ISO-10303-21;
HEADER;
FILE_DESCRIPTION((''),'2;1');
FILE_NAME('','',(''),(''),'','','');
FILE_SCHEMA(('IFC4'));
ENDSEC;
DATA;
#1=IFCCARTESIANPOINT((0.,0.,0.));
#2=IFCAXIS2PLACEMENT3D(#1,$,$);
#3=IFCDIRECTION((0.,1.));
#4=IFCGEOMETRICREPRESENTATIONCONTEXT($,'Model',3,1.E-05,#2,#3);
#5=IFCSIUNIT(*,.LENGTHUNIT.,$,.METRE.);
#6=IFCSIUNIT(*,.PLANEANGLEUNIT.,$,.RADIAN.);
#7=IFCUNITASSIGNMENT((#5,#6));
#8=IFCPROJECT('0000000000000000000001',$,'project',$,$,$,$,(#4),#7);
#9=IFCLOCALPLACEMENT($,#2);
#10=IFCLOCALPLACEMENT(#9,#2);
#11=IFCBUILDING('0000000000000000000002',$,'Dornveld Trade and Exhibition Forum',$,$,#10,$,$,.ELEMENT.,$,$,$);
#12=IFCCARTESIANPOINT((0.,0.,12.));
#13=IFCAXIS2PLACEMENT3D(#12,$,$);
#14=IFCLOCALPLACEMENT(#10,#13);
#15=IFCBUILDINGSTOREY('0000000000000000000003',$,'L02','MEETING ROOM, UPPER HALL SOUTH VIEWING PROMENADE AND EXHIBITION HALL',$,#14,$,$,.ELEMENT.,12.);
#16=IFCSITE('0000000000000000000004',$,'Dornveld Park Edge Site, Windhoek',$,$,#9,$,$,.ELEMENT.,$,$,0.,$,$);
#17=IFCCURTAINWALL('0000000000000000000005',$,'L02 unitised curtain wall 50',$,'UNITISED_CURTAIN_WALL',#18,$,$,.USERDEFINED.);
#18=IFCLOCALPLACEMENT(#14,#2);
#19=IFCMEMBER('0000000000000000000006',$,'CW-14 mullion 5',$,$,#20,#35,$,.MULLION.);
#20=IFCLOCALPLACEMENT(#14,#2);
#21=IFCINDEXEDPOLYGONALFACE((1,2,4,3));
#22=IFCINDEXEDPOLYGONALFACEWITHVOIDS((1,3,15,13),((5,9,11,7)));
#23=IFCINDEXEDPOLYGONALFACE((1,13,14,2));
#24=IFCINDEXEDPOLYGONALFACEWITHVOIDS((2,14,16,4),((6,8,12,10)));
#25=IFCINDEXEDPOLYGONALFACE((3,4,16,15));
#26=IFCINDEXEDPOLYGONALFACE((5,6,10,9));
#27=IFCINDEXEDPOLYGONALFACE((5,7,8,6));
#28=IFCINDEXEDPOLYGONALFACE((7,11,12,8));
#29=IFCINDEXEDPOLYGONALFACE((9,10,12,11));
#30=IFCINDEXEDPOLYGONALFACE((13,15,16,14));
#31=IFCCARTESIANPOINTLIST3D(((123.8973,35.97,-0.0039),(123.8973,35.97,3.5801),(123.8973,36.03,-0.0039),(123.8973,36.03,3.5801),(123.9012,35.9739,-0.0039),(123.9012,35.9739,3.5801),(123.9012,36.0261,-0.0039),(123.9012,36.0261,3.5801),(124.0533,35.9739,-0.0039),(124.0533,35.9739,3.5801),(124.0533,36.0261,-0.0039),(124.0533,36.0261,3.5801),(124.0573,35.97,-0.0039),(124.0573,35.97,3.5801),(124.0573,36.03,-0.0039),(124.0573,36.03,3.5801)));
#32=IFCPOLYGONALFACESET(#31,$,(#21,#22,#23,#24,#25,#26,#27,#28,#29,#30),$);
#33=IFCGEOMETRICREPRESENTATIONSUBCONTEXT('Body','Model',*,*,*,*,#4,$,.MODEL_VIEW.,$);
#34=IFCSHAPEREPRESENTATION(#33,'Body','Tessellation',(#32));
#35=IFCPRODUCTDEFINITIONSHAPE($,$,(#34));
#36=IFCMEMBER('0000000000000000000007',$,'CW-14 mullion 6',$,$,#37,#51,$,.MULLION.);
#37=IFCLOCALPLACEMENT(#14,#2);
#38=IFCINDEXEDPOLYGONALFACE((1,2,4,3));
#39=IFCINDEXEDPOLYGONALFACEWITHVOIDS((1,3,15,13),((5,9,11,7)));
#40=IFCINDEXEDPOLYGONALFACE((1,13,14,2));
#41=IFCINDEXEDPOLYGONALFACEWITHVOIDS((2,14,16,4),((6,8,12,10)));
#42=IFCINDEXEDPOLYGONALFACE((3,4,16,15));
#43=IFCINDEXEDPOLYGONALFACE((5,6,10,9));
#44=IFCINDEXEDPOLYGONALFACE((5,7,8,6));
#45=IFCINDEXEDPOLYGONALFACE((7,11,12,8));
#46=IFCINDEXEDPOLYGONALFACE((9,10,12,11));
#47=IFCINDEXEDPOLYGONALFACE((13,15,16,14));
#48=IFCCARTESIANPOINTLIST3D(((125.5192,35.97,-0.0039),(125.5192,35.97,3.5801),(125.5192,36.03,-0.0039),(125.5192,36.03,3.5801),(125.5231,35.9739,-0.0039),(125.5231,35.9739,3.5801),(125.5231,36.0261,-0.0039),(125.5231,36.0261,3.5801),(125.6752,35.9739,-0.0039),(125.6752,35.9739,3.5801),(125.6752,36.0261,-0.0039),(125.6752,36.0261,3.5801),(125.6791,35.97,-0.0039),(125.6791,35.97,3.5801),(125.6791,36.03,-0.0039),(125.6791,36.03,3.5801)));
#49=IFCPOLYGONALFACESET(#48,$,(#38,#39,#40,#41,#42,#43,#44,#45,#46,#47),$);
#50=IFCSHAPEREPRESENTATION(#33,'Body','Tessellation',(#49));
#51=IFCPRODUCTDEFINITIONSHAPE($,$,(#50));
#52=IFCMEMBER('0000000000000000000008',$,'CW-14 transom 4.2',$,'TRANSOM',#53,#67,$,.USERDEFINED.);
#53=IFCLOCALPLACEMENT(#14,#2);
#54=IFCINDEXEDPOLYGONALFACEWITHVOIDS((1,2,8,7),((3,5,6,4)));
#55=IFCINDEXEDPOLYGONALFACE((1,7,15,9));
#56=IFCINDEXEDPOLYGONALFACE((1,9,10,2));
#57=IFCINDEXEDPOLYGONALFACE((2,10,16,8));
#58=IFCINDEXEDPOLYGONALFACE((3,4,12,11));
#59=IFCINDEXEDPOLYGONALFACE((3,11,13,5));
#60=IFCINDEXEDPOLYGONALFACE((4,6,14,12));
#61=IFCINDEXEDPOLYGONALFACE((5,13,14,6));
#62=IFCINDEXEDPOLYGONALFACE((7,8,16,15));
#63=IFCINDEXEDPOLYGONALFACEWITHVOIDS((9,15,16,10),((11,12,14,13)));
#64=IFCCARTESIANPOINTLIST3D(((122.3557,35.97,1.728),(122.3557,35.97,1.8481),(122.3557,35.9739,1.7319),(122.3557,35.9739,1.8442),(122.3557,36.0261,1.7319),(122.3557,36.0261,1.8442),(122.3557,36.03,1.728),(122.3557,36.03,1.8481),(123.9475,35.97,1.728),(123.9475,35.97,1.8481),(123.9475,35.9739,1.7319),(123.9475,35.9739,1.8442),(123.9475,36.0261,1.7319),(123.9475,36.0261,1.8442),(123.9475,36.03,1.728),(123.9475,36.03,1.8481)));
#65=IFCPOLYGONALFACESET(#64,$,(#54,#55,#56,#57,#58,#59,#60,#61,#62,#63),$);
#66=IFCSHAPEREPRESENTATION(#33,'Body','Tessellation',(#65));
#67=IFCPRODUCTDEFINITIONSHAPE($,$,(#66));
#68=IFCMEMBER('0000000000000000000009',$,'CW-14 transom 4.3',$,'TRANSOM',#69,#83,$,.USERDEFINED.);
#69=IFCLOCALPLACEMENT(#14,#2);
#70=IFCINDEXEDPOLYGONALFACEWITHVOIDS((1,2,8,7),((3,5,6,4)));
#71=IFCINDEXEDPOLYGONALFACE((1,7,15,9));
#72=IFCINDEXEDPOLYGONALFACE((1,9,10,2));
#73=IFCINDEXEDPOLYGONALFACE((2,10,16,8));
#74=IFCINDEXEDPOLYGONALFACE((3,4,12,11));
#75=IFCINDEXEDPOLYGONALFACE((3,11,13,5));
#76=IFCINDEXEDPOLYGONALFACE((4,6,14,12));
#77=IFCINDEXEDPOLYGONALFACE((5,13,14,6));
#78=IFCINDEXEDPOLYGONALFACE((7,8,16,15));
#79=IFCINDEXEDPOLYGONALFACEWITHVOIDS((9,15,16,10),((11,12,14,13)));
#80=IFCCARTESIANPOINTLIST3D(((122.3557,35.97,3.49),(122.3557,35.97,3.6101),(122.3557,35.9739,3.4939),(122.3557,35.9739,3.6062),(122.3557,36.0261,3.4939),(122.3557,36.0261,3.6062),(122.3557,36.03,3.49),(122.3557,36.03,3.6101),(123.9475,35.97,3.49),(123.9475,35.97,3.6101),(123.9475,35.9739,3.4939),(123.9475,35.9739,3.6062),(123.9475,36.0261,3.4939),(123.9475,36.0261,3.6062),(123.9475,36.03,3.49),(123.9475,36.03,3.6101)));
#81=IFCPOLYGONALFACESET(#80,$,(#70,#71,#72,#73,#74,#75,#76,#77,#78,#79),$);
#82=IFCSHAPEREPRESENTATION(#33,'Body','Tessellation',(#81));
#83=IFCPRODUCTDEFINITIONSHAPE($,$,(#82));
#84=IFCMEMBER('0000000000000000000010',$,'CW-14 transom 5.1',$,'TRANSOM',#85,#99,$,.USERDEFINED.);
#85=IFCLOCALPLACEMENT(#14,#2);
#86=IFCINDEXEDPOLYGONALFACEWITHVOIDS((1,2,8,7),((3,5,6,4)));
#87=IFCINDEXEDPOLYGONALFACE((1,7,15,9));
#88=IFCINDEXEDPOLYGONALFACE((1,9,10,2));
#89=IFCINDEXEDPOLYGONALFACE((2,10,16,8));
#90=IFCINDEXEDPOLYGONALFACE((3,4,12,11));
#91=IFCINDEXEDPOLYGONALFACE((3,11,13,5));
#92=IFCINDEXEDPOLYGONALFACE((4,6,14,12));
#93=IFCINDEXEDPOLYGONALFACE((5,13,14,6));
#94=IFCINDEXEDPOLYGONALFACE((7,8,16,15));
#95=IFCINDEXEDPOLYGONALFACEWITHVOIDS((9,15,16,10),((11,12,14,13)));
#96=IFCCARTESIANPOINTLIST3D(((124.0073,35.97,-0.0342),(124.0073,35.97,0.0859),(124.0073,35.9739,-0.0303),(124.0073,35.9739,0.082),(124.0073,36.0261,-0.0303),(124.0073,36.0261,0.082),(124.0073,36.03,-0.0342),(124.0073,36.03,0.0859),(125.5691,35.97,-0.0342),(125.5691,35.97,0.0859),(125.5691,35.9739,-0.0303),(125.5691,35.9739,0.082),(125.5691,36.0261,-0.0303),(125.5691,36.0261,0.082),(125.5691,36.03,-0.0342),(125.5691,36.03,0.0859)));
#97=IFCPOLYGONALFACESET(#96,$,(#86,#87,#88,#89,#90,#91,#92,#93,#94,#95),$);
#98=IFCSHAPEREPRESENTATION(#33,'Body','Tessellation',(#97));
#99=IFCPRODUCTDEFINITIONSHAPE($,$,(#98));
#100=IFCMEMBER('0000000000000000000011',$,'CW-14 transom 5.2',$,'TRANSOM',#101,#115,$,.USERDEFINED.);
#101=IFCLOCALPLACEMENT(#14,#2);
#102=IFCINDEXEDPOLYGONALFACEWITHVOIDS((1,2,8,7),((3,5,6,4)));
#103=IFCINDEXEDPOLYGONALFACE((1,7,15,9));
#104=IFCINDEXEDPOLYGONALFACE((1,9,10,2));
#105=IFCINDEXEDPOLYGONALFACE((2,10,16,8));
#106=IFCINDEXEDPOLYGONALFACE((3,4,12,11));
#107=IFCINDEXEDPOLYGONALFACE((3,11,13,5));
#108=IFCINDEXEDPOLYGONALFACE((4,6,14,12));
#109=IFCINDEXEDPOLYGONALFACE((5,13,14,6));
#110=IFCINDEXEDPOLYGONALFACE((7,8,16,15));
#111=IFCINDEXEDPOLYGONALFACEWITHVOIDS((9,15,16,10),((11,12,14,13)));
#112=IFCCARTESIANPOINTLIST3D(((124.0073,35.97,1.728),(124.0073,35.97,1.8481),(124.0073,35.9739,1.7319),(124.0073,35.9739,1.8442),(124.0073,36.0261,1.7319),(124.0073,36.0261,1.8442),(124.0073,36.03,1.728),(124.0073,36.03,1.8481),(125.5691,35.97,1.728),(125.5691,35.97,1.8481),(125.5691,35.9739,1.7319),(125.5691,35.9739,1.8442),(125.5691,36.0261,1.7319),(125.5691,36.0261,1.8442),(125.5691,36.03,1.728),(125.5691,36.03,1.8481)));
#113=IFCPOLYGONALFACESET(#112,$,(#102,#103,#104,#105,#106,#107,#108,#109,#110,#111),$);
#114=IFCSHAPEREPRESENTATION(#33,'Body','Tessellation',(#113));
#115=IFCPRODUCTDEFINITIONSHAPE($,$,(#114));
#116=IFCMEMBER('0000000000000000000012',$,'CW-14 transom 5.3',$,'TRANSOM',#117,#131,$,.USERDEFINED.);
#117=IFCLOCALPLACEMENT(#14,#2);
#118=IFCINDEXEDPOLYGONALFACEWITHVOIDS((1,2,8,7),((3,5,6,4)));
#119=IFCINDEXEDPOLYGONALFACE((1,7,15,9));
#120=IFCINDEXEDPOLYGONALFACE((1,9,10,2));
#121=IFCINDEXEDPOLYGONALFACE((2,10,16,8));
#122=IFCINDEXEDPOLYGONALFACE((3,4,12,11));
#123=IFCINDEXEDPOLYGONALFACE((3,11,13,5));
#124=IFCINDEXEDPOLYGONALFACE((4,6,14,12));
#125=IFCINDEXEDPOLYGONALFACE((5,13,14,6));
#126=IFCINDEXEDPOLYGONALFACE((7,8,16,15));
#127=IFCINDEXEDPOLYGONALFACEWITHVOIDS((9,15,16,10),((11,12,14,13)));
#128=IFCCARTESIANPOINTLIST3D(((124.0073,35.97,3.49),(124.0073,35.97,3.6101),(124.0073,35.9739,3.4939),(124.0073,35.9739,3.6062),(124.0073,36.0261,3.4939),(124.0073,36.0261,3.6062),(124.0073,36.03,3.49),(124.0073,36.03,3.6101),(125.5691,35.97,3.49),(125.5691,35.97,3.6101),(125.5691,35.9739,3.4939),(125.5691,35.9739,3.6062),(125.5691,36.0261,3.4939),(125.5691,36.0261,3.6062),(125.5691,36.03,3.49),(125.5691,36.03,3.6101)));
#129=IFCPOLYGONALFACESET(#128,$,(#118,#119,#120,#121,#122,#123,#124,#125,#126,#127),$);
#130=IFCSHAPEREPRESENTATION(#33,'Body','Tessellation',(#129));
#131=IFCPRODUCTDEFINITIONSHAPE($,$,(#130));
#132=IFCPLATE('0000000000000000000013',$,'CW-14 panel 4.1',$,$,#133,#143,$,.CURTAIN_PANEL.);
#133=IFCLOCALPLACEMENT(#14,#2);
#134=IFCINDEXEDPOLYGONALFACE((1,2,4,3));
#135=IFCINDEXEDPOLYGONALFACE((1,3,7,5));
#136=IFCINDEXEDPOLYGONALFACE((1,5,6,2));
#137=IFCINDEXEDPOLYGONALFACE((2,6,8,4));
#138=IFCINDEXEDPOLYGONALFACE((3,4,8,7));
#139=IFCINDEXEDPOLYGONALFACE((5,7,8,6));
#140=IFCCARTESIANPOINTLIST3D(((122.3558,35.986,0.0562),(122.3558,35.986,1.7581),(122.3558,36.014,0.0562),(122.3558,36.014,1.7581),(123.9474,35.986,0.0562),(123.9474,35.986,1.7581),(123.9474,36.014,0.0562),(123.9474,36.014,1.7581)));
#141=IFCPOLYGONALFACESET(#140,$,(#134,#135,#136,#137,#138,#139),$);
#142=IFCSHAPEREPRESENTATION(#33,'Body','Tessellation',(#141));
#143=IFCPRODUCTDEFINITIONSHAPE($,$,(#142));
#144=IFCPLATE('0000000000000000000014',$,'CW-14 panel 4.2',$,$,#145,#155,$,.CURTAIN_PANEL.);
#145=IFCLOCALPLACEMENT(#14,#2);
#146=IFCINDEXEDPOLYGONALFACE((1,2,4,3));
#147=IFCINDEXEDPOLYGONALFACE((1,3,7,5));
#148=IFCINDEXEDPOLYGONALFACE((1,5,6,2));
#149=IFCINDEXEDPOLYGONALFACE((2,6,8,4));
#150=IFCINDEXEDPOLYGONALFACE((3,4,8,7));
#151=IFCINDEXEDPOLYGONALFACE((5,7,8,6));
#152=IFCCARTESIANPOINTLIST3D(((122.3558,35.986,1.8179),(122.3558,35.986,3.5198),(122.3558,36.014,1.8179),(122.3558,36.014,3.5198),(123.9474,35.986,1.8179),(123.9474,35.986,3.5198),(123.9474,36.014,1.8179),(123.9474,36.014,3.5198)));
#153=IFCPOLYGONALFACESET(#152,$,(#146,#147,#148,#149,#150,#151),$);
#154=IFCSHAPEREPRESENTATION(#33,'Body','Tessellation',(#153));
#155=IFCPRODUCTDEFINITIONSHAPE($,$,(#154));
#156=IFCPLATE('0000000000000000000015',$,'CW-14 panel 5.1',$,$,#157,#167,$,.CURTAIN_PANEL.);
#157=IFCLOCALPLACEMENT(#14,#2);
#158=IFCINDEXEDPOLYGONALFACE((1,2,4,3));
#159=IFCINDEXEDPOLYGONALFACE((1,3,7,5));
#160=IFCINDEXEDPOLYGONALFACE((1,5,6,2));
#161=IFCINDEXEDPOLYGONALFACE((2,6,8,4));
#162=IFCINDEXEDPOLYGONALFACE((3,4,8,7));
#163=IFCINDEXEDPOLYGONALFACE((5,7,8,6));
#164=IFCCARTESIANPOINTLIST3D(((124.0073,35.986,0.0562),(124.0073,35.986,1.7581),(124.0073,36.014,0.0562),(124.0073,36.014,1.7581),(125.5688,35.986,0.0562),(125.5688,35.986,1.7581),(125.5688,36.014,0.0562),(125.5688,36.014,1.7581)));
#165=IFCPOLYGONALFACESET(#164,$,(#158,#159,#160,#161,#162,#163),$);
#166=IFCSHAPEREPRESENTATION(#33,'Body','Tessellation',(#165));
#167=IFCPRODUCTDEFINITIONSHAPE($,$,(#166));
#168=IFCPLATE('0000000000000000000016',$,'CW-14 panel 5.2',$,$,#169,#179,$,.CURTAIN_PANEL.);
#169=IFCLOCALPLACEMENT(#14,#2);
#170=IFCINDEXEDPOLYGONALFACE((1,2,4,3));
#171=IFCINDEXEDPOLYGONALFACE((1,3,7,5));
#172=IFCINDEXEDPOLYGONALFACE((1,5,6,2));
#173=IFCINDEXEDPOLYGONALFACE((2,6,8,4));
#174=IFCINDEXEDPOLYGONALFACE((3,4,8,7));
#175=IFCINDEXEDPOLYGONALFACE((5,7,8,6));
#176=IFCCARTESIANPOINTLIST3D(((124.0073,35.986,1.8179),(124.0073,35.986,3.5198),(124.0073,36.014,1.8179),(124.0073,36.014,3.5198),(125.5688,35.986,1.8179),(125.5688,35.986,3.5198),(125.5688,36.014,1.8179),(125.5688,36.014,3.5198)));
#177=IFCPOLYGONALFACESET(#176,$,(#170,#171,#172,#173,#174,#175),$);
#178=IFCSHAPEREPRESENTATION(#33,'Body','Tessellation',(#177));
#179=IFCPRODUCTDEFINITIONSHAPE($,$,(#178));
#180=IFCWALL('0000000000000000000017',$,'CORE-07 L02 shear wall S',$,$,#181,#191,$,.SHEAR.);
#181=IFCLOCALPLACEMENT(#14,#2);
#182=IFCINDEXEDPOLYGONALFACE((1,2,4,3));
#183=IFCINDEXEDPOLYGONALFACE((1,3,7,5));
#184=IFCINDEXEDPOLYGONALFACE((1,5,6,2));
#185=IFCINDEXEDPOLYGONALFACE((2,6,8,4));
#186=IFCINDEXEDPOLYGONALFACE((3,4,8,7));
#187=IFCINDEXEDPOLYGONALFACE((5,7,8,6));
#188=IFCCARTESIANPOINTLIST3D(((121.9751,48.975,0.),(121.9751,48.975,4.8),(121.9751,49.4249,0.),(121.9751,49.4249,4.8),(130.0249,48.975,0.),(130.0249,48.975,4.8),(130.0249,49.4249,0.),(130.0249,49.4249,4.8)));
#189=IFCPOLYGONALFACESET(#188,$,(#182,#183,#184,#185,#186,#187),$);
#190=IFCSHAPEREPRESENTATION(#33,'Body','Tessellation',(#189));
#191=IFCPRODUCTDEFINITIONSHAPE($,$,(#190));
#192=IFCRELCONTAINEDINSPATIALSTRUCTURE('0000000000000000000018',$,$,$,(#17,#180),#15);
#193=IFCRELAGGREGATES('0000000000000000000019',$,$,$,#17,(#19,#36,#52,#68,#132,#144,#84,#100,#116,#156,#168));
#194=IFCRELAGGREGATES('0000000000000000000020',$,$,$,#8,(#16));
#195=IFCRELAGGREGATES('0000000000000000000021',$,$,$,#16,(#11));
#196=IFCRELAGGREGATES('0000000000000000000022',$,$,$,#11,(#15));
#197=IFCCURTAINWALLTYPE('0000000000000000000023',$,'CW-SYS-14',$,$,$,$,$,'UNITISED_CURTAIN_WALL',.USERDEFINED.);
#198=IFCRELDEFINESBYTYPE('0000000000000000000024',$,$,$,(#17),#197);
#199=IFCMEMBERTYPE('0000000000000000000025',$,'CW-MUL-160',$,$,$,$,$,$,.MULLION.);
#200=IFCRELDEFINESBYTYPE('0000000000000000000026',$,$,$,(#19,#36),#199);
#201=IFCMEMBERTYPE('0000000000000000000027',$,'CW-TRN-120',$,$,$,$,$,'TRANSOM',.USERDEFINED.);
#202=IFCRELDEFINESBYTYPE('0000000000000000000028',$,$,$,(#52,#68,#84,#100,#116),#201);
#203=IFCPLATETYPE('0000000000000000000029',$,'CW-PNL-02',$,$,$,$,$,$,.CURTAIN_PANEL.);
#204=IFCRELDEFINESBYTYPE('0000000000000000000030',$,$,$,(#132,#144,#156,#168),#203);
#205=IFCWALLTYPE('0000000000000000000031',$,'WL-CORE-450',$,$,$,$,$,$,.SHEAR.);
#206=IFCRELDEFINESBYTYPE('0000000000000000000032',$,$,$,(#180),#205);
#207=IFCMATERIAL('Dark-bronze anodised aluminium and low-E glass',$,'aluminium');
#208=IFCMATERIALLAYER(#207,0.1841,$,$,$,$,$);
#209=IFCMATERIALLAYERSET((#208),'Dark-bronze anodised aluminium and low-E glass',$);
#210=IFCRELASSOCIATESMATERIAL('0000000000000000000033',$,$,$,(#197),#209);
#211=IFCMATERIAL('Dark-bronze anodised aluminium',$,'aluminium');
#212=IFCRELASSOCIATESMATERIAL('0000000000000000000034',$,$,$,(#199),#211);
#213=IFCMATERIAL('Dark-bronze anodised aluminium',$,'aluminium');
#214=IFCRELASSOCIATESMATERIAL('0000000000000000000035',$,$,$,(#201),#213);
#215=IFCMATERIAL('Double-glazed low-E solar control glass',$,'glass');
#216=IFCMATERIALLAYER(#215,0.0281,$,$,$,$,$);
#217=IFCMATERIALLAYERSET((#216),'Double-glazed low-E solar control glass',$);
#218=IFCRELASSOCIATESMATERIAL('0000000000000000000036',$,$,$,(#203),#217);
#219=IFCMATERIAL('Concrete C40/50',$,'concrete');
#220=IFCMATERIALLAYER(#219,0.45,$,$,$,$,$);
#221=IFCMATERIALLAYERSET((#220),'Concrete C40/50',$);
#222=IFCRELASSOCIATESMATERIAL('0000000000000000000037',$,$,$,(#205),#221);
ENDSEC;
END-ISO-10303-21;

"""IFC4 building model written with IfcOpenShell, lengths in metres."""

from ifc_helpers import new_model, si_unit, direction, frame, frame_2d, origin, origin_2d, place, context, subcontext, project, spatial, rectangle, hollow_rectangle, extrude, material, layer, layer_set, material_profile, profile_set, type_object, element, aggregate, save


model = new_model("IFC4")

# Units and contexts
model_context = context("Model", 3, precision=1e-05, world=origin(), true_north=direction((0.0, 1.0)))
body_context = subcontext(model_context, "Body", "Model", "MODEL_VIEW")
ifc_project = project(units=[si_unit("LENGTHUNIT", "METRE"), si_unit("PLANEANGLEUNIT", "RADIAN")], contexts=[model_context])

# Site, building, storey
site_placement = place(None, origin())
site = spatial("IfcSite", under=ifc_project, at=site_placement, Name="Dornveld Park Edge Site, Windhoek", CompositionType="ELEMENT", RefElevation=0.0)
building_placement = place(site_placement, origin())
building = spatial("IfcBuilding", under=site, at=building_placement, Name="Dornveld Trade and Exhibition Forum", CompositionType="ELEMENT")
storey_placement = place(building_placement, frame((0.0, 0.0, 12.0)))
storey = spatial("IfcBuildingStorey", under=building, at=storey_placement, Name="L02", Description="MEETING ROOM, UPPER HALL SOUTH VIEWING PROMENADE AND EXHIBITION HALL", CompositionType="ELEMENT", Elevation=12.0)

# Curtain wall, members, plates
ifc_material_1 = material(Name="Dark-bronze anodised aluminium and low-E glass", Category="aluminium")
ifc_layer_1 = layer(ifc_material_1, 0.1841)
ifc_layer_set_1 = layer_set([ifc_layer_1], Name="Dark-bronze anodised aluminium and low-E glass")
curtain_wall_type = type_object("IfcCurtainWallType", Name="CW-SYS-14", ElementType="UNITISED_CURTAIN_WALL", PredefinedType="USERDEFINED", material=ifc_layer_set_1)
curtain_wall_placement = place(storey_placement, origin())
curtain_wall = element("IfcCurtainWall", 1, at=curtain_wall_placement, inside=storey, type_object=curtain_wall_type, Name="L02 unitised curtain wall 50", ObjectType="UNITISED_CURTAIN_WALL", PredefinedType="USERDEFINED")
ifc_material_2 = material(Name="Dark-bronze anodised aluminium", Category="aluminium")
ifc_material_profile_1 = material_profile(ifc_material_2, hollow_rectangle(XDim=0.0601, YDim=0.1599, WallThickness=0.0039, at=origin_2d()), Name="RHS 160x60x4")
ifc_profile_set_1 = profile_set([ifc_material_profile_1], Name="Dark-bronze anodised aluminium")
member_type_1 = type_object("IfcMemberType", Name="CW-MUL-160", PredefinedType="MULLION", material=ifc_profile_set_1)
member_1_placement = place(storey_placement, frame((123.9773, 36.0, -0.0039), z_axis=(0.0, 0.0, 1.0), x_axis=(0.0, 1.0, 0.0)))
member_1 = element("IfcMember", 2, at=member_1_placement, type_object=member_type_1, Name="CW-14 mullion 5", PredefinedType="MULLION", context=body_context, shape_type="SweptSolid", body=[
    extrude(hollow_rectangle(XDim=0.0601, YDim=0.1599, WallThickness=0.0039, at=origin_2d()), origin(), (0.0, 0.0, 1.0), 3.584),
])
member_2_placement = place(storey_placement, frame((125.5991, 36.0, -0.0039), z_axis=(0.0, 0.0, 1.0), x_axis=(0.0, 1.0, 0.0)))
member_2 = element("IfcMember", 3, at=member_2_placement, type_object=member_type_1, Name="CW-14 mullion 6", PredefinedType="MULLION", context=body_context, shape_type="SweptSolid", body=[
    extrude(hollow_rectangle(XDim=0.0601, YDim=0.1599, WallThickness=0.0039, at=origin_2d()), origin(), (0.0, 0.0, 1.0), 3.584),
])
ifc_material_3 = material(Name="Dark-bronze anodised aluminium", Category="aluminium")
ifc_material_profile_2 = material_profile(ifc_material_3, hollow_rectangle(XDim=0.0601, YDim=0.1201, WallThickness=0.0039, at=origin_2d()), Name="RHS 120x60x4")
ifc_profile_set_2 = profile_set([ifc_material_profile_2], Name="Dark-bronze anodised aluminium")
member_type_2 = type_object("IfcMemberType", Name="CW-TRN-120", ElementType="TRANSOM", PredefinedType="USERDEFINED", material=ifc_profile_set_2)
member_3_placement = place(storey_placement, frame((122.3557, 36.0, 1.7881), z_axis=(1.0, 0.0, 0.0), x_axis=(0.0, 1.0, 0.0)))
member_3 = element("IfcMember", 4, at=member_3_placement, type_object=member_type_2, Name="CW-14 transom 4.2", ObjectType="TRANSOM", PredefinedType="USERDEFINED", context=body_context, shape_type="SweptSolid", body=[
    extrude(hollow_rectangle(XDim=0.0601, YDim=0.1201, WallThickness=0.0039, at=origin_2d()), origin(), (0.0, 0.0, 1.0), 1.5918),
])
member_4_placement = place(storey_placement, frame((122.3557, 36.0, 3.55), z_axis=(1.0, 0.0, 0.0), x_axis=(0.0, 1.0, 0.0)))
member_4 = element("IfcMember", 5, at=member_4_placement, type_object=member_type_2, Name="CW-14 transom 4.3", ObjectType="TRANSOM", PredefinedType="USERDEFINED", context=body_context, shape_type="SweptSolid", body=[
    extrude(hollow_rectangle(XDim=0.0601, YDim=0.1201, WallThickness=0.0039, at=origin_2d()), origin(), (0.0, 0.0, 1.0), 1.5918),
])
member_5_placement = place(storey_placement, frame((124.0073, 36.0, 0.0259), z_axis=(1.0, 0.0, 0.0), x_axis=(0.0, 1.0, 0.0)))
member_5 = element("IfcMember", 6, at=member_5_placement, type_object=member_type_2, Name="CW-14 transom 5.1", ObjectType="TRANSOM", PredefinedType="USERDEFINED", context=body_context, shape_type="SweptSolid", body=[
    extrude(hollow_rectangle(XDim=0.0601, YDim=0.1201, WallThickness=0.0039, at=origin_2d()), origin(), (0.0, 0.0, 1.0), 1.5618),
])
member_6_placement = place(storey_placement, frame((124.0073, 36.0, 1.7881), z_axis=(1.0, 0.0, 0.0), x_axis=(0.0, 1.0, 0.0)))
member_6 = element("IfcMember", 7, at=member_6_placement, type_object=member_type_2, Name="CW-14 transom 5.2", ObjectType="TRANSOM", PredefinedType="USERDEFINED", context=body_context, shape_type="SweptSolid", body=[
    extrude(hollow_rectangle(XDim=0.0601, YDim=0.1201, WallThickness=0.0039, at=origin_2d()), origin(), (0.0, 0.0, 1.0), 1.5618),
])
member_7_placement = place(storey_placement, frame((124.0073, 36.0, 3.55), z_axis=(1.0, 0.0, 0.0), x_axis=(0.0, 1.0, 0.0)))
member_7 = element("IfcMember", 8, at=member_7_placement, type_object=member_type_2, Name="CW-14 transom 5.3", ObjectType="TRANSOM", PredefinedType="USERDEFINED", context=body_context, shape_type="SweptSolid", body=[
    extrude(hollow_rectangle(XDim=0.0601, YDim=0.1201, WallThickness=0.0039, at=origin_2d()), origin(), (0.0, 0.0, 1.0), 1.5618),
])
ifc_material_4 = material(Name="Double-glazed low-E solar control glass", Category="glass")
ifc_layer_2 = layer(ifc_material_4, 0.0281)
ifc_layer_set_2 = layer_set([ifc_layer_2], Name="Double-glazed low-E solar control glass")
plate_type = type_object("IfcPlateType", Name="CW-PNL-02", PredefinedType="CURTAIN_PANEL", material=ifc_layer_set_2)
plate_1_placement = place(storey_placement, frame((123.1516, 36.0, 0.0562), z_axis=(0.0, 0.0, 1.0), x_axis=(1.0, 0.0, 0.0)))
plate_1 = element("IfcPlate", 9, at=plate_1_placement, type_object=plate_type, Name="CW-14 panel 4.1", PredefinedType="CURTAIN_PANEL", context=body_context, shape_type="SweptSolid", body=[
    extrude(rectangle(XDim=1.5916, YDim=0.0281, at=origin_2d()), origin(), (0.0, 0.0, 1.0), 1.7019),
])
plate_2_placement = place(storey_placement, frame((123.1516, 36.0, 1.8179), z_axis=(0.0, 0.0, 1.0), x_axis=(1.0, 0.0, 0.0)))
plate_2 = element("IfcPlate", 10, at=plate_2_placement, type_object=plate_type, Name="CW-14 panel 4.2", PredefinedType="CURTAIN_PANEL", context=body_context, shape_type="SweptSolid", body=[
    extrude(rectangle(XDim=1.5916, YDim=0.0281, at=origin_2d()), origin(), (0.0, 0.0, 1.0), 1.7019),
])
plate_3_placement = place(storey_placement, frame((124.7881, 36.0, 0.0562), z_axis=(0.0, 0.0, 1.0), x_axis=(1.0, 0.0, 0.0)))
plate_3 = element("IfcPlate", 11, at=plate_3_placement, type_object=plate_type, Name="CW-14 panel 5.1", PredefinedType="CURTAIN_PANEL", context=body_context, shape_type="SweptSolid", body=[
    extrude(rectangle(XDim=1.5615, YDim=0.0281, at=origin_2d()), origin(), (0.0, 0.0, 1.0), 1.7019),
])
plate_4_placement = place(storey_placement, frame((124.7881, 36.0, 1.8179), z_axis=(0.0, 0.0, 1.0), x_axis=(1.0, 0.0, 0.0)))
plate_4 = element("IfcPlate", 12, at=plate_4_placement, type_object=plate_type, Name="CW-14 panel 5.2", PredefinedType="CURTAIN_PANEL", context=body_context, shape_type="SweptSolid", body=[
    extrude(rectangle(XDim=1.5615, YDim=0.0281, at=origin_2d()), origin(), (0.0, 0.0, 1.0), 1.7019),
])
aggregate(curtain_wall, [member_1, member_2, member_3, member_4, plate_1, plate_2, member_5, member_6, member_7, plate_3, plate_4])

# Wall
ifc_material_5 = material(Name="Concrete C40/50", Category="concrete")
ifc_layer_3 = layer(ifc_material_5, 0.45)
ifc_layer_set_3 = layer_set([ifc_layer_3], Name="Concrete C40/50")
wall_type = type_object("IfcWallType", Name="WL-CORE-450", PredefinedType="SHEAR", material=ifc_layer_set_3)
wall_1_placement = place(storey_placement, frame((121.9751, 49.2, 0.0), z_axis=(0.0, 0.0, 1.0), x_axis=(1.0, 0.0, 0.0)))
element("IfcWall", 13, at=wall_1_placement, inside=storey, type_object=wall_type, Name="CORE-07 L02 shear wall S", PredefinedType="SHEAR", context=body_context, shape_type="SweptSolid", body=[
    extrude(rectangle(XDim=8.0498, YDim=0.45, at=frame_2d((4.0249, 0.0))), origin(), (0.0, 0.0, 1.0), 4.8),
])

save(model, "model.ifc")
